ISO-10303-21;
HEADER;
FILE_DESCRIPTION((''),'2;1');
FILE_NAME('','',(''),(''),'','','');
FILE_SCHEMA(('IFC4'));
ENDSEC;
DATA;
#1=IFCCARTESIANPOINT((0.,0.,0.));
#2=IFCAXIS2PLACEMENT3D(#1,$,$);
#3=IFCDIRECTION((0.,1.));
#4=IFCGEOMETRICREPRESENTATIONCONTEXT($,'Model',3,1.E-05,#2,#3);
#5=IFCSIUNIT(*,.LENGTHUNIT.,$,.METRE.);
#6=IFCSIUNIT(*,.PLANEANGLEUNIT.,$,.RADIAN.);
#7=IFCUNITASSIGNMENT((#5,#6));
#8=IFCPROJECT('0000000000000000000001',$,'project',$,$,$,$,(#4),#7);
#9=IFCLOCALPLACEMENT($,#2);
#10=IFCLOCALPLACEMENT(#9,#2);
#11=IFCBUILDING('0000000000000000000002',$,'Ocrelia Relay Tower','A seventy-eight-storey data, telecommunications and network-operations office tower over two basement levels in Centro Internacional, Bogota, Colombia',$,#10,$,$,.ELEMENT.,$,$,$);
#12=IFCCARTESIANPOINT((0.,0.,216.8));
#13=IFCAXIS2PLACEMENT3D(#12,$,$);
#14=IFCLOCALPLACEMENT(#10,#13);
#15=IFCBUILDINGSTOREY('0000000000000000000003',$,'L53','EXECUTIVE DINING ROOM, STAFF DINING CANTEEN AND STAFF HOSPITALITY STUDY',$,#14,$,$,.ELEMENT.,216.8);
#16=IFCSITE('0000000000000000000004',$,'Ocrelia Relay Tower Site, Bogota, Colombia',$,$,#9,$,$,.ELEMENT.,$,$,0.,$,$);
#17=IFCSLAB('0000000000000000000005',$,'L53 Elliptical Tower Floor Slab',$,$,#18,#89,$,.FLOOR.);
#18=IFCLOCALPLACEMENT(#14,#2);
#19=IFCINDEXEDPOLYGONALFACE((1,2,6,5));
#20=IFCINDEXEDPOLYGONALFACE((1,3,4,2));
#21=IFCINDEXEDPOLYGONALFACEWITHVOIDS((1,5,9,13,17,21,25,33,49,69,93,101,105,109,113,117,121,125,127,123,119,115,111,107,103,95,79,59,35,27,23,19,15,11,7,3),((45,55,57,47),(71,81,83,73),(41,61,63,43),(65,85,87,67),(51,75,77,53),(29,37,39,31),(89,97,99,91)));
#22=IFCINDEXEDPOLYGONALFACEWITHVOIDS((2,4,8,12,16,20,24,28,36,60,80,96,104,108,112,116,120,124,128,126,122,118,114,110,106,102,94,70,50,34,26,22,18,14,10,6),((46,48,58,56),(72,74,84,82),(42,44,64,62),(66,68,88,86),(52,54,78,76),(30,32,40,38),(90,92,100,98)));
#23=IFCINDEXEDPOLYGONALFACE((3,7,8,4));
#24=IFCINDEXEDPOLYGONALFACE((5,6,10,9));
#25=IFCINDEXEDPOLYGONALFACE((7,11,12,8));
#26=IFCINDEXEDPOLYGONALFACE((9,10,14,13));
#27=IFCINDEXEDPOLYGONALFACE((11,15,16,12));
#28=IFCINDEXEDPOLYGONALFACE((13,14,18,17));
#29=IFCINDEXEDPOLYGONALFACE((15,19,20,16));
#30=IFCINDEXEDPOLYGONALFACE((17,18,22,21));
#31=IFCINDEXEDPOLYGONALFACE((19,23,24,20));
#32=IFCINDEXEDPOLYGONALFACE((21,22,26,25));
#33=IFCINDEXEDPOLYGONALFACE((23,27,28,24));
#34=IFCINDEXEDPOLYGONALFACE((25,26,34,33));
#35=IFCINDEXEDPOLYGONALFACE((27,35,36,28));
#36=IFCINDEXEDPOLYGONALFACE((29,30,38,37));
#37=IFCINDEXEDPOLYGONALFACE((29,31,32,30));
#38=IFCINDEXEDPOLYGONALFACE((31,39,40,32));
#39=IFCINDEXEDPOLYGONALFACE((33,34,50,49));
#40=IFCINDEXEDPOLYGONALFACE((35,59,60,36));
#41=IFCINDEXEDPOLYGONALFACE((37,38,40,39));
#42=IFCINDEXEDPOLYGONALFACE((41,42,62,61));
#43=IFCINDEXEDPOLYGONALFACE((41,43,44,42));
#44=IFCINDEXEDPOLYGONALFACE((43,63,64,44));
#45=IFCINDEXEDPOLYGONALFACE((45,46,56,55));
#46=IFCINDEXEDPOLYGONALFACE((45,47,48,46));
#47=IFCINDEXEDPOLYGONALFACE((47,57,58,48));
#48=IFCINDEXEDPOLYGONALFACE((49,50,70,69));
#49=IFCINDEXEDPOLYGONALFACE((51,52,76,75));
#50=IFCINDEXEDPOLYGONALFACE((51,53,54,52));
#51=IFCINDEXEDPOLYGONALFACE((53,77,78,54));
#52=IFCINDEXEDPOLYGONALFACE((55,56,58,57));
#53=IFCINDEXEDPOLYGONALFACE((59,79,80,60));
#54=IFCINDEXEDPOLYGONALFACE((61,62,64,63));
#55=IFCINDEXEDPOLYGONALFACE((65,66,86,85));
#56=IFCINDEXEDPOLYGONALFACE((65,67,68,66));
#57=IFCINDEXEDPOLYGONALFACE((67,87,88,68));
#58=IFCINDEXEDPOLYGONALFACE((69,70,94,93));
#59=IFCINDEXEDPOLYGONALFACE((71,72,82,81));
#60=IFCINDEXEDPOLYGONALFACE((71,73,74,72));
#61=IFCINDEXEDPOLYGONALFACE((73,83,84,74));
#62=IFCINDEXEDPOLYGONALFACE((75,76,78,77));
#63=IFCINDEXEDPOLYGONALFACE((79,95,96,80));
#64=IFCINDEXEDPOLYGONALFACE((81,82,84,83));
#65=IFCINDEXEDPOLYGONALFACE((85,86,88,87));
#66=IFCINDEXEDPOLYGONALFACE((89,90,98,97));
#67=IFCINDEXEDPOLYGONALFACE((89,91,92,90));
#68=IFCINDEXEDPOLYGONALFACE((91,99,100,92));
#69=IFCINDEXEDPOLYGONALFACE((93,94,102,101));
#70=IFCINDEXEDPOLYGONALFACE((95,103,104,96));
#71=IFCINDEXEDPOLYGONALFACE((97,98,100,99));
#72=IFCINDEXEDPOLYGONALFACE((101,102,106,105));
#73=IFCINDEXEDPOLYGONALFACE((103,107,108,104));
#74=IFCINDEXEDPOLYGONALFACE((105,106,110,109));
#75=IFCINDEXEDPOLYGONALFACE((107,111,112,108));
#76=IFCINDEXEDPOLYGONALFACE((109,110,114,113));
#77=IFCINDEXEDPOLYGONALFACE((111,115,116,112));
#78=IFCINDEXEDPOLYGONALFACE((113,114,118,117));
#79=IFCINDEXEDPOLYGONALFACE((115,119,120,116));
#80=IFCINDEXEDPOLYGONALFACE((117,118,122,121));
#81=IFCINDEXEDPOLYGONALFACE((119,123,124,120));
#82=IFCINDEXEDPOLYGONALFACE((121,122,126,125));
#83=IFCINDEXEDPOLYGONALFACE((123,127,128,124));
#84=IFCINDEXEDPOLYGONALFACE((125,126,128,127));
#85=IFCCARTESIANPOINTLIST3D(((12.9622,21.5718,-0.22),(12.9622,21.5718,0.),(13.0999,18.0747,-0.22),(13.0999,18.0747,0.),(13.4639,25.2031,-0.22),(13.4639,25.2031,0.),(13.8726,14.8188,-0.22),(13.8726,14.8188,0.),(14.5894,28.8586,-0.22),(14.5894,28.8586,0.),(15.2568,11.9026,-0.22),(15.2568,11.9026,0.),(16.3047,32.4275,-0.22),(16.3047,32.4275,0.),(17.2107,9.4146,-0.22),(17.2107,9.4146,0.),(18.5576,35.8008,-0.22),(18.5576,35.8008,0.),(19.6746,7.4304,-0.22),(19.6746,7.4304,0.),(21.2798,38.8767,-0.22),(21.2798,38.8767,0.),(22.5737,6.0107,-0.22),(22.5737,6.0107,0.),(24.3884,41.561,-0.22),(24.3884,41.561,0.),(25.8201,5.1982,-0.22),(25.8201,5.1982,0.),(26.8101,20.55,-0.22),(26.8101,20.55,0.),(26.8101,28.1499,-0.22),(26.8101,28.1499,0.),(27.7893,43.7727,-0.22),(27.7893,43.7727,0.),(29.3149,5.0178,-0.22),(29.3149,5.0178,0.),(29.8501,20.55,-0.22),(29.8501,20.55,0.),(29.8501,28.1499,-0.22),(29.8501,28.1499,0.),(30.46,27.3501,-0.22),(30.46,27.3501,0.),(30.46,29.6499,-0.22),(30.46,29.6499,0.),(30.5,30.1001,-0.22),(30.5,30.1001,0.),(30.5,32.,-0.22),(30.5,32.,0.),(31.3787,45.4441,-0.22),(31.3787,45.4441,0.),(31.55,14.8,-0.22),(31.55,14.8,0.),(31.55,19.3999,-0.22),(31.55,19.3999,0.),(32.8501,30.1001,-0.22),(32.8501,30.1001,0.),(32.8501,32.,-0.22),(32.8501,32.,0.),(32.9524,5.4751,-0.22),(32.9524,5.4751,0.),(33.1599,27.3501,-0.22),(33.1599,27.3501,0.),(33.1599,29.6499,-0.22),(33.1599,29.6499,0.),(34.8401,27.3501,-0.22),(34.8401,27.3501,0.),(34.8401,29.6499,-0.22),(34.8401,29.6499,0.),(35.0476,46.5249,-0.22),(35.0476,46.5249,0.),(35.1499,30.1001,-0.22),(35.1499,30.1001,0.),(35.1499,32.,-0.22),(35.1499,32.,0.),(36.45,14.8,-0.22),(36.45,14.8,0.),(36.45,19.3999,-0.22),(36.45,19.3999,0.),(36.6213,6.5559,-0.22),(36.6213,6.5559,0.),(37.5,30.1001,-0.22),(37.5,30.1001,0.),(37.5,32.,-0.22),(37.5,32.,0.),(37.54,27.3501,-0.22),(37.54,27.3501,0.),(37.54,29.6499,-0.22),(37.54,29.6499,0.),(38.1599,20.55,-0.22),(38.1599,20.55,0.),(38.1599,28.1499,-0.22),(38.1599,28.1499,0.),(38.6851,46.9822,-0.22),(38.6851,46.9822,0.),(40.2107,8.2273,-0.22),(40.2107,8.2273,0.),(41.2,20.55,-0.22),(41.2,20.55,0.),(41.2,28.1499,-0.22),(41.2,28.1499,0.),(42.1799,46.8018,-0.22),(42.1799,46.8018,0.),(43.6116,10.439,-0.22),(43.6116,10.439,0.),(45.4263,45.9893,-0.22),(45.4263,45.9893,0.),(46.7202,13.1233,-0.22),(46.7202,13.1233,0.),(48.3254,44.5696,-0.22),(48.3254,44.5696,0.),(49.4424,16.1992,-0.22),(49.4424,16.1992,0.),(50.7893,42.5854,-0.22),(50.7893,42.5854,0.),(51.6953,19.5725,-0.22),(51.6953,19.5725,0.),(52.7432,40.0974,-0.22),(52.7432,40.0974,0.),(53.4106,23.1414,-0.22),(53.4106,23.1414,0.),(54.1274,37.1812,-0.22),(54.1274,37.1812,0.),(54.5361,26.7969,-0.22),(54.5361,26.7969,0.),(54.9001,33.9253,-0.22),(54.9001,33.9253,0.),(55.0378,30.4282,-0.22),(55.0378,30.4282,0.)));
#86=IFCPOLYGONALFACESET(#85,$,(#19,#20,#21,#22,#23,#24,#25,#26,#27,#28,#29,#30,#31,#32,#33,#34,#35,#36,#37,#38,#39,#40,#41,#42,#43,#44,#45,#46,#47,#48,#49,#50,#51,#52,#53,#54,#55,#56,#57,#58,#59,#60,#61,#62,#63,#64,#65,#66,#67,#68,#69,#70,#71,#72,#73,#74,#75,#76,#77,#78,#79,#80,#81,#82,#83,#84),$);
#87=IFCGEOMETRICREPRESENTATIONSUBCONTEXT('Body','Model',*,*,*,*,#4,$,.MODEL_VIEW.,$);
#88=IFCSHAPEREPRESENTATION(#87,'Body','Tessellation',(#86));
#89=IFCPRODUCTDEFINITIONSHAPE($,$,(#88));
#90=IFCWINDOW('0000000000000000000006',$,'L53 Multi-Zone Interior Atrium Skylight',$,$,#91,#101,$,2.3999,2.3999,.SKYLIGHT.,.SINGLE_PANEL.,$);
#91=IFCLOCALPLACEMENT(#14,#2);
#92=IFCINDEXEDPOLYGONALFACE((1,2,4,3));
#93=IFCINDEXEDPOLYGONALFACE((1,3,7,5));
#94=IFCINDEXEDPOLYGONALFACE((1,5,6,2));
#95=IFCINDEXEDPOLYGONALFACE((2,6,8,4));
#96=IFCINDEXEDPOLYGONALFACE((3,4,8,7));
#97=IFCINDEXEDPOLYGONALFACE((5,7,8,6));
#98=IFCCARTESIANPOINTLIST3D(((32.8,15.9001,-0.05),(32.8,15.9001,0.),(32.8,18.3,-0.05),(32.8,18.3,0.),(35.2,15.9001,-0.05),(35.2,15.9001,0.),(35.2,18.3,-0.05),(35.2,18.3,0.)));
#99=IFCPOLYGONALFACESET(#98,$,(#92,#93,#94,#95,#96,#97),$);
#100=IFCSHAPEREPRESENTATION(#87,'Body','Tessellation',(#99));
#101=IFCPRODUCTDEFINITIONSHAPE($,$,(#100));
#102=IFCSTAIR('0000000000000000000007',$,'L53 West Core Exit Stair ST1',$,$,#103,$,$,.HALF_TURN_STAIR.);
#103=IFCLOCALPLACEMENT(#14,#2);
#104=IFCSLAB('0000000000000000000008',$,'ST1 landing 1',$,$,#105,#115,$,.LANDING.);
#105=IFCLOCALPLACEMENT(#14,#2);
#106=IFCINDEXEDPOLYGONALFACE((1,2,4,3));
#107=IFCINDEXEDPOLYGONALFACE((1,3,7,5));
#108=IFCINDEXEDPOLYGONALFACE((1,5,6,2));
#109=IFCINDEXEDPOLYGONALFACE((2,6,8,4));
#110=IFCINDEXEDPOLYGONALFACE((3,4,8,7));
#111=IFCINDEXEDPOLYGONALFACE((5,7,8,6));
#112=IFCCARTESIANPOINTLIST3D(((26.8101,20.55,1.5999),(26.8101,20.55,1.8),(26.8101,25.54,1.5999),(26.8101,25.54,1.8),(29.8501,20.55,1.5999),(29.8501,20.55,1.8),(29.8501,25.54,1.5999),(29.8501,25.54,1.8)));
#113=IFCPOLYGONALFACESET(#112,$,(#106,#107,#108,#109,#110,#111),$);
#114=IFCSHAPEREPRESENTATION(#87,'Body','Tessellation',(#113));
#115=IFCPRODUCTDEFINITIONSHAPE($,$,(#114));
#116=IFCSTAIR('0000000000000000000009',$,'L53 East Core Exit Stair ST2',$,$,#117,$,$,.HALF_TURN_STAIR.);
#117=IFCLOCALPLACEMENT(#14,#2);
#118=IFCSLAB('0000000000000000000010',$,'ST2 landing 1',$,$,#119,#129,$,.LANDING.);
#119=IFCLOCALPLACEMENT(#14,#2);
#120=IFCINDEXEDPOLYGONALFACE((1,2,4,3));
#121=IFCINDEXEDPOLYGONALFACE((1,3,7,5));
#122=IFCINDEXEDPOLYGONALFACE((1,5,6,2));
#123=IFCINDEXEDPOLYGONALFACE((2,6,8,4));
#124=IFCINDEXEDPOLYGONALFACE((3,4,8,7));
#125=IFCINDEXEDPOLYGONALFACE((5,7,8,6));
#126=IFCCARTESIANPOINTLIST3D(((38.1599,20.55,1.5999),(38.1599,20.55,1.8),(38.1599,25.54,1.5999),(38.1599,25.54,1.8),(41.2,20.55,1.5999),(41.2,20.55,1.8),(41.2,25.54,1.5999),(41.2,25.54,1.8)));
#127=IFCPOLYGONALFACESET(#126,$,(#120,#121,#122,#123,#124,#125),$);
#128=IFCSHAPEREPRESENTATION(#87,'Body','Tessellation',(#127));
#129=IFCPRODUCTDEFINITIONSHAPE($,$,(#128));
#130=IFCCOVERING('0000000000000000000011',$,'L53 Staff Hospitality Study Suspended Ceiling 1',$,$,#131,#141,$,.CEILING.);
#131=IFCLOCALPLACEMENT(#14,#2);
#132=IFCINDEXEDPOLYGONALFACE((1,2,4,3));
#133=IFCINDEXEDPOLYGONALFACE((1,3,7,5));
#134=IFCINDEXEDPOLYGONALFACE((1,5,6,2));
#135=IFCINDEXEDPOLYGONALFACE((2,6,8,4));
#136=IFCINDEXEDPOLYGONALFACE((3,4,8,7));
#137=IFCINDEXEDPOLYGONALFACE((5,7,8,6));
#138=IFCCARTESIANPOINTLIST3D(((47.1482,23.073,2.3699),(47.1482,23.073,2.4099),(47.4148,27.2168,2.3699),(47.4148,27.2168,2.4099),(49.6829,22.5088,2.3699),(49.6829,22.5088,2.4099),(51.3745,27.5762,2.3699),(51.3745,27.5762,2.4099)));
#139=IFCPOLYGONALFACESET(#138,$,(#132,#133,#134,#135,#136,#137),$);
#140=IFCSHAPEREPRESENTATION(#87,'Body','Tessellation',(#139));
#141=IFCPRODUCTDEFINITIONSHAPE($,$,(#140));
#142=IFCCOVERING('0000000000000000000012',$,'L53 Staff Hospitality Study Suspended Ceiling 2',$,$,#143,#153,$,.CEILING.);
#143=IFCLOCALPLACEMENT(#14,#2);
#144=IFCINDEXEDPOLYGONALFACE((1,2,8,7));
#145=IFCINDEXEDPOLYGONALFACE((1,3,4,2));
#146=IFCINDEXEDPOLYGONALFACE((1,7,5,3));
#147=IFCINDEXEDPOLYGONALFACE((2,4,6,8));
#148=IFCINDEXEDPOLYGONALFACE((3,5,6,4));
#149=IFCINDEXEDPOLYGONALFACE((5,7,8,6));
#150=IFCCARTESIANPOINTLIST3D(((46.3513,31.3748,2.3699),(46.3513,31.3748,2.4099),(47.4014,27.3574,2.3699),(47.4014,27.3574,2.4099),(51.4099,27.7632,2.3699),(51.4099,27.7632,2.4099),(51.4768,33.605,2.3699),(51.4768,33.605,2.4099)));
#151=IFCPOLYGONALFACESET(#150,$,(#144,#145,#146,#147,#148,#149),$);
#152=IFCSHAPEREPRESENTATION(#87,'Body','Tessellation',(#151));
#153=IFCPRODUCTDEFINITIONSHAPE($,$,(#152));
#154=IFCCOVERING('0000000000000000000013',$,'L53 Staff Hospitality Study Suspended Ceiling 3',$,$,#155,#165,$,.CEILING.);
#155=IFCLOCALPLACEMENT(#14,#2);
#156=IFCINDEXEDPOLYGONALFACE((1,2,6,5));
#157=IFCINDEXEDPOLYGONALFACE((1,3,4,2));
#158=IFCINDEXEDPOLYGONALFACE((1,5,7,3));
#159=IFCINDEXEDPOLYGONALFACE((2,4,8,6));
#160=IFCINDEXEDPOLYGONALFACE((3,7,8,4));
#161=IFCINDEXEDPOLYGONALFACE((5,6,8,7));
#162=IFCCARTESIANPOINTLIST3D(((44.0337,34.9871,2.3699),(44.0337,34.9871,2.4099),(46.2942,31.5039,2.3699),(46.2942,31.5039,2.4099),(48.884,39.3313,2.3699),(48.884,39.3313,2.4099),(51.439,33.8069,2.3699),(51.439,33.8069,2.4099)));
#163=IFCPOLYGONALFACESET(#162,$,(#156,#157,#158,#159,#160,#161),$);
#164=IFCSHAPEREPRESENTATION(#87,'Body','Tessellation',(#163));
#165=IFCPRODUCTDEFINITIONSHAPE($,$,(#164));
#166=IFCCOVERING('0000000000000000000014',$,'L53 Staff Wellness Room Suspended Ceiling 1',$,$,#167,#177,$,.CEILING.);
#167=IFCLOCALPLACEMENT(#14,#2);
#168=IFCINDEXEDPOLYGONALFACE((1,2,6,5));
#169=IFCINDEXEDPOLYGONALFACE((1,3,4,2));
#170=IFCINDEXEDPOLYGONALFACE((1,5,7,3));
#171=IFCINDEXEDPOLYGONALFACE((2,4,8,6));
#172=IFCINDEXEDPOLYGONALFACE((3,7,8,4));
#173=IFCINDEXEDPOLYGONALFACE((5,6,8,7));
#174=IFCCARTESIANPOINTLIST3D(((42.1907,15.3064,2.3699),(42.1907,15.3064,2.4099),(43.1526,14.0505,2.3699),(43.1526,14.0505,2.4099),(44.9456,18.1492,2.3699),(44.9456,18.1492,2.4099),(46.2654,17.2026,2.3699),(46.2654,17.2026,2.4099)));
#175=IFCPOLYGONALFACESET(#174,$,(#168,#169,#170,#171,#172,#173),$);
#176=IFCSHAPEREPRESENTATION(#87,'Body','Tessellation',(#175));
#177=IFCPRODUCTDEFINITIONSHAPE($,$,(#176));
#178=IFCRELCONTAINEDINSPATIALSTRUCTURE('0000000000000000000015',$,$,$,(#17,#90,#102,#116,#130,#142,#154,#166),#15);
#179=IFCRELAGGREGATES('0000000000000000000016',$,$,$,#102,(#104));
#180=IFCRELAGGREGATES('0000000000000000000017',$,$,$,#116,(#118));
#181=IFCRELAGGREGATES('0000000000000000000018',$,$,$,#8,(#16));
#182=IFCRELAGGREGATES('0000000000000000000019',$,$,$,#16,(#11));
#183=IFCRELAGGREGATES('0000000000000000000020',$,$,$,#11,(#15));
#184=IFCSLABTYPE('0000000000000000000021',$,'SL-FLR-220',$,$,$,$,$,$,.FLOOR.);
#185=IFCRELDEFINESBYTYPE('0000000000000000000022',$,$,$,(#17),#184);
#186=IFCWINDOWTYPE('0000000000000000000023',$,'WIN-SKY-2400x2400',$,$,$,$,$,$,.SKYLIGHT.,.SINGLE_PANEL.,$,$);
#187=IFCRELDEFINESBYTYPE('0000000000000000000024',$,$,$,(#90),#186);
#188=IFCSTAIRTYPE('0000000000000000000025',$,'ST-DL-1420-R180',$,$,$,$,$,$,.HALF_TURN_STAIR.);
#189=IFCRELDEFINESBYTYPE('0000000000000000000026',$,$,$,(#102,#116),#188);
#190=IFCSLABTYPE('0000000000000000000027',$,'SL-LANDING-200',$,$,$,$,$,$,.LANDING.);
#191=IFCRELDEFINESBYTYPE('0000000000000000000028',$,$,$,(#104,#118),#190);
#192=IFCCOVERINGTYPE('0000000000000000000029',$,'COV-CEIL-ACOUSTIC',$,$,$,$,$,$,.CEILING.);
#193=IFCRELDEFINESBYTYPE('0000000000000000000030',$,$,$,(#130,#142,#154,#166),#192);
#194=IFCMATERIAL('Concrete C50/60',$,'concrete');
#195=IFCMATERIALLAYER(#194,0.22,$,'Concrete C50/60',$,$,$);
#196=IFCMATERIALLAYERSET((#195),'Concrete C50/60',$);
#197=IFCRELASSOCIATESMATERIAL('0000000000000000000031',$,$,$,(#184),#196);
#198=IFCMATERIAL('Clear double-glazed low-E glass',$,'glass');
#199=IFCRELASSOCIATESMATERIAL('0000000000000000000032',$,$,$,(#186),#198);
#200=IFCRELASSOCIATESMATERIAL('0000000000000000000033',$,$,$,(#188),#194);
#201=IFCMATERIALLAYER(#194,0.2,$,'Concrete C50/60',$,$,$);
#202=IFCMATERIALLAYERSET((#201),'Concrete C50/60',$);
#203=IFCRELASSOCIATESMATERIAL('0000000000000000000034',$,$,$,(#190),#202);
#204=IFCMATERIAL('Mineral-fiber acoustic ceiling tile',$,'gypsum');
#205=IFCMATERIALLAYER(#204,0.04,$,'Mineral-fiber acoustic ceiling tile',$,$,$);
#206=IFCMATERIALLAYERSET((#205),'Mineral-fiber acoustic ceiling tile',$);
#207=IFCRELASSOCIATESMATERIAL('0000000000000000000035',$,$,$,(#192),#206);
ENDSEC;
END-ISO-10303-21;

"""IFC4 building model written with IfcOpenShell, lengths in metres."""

from ifc_helpers import new_model, si_unit, direction, frame, origin, origin_2d, place, context, subcontext, project, spatial, polyline, rectangle, outline, extrude, material, layer, layer_set, type_object, element, fill, aggregate, save


model = new_model("IFC4")

# Units and contexts
model_context = context("Model", 3, precision=1e-05, world=origin(), true_north=direction((0.0, 1.0)))
body_context = subcontext(model_context, "Body", "Model", "MODEL_VIEW")
ifc_project = project(units=[si_unit("LENGTHUNIT", "METRE"), si_unit("PLANEANGLEUNIT", "RADIAN")], contexts=[model_context])

# Site, building, storey
site_placement = place(None, origin())
site = spatial("IfcSite", under=ifc_project, at=site_placement, Name="Ocrelia Relay Tower Site, Bogota, Colombia", CompositionType="ELEMENT", RefElevation=0.0)
building_placement = place(site_placement, origin())
building = spatial("IfcBuilding", under=site, at=building_placement, Name="Ocrelia Relay Tower", Description="A seventy-eight-storey data, telecommunications and network-operations office tower over two basement levels in Centro Internacional, Bogota, Colombia", CompositionType="ELEMENT")
storey_placement = place(building_placement, frame((0.0, 0.0, 216.8)))
storey = spatial("IfcBuildingStorey", under=building, at=storey_placement, Name="L53", Description="EXECUTIVE DINING ROOM, STAFF DINING CANTEEN AND STAFF HOSPITALITY STUDY", CompositionType="ELEMENT", Elevation=216.8)

# Shared definitions
ifc_material_1 = material(Name="Clear double-glazed low-E glass", Category="glass")

# Slab, opening, window
ifc_material_2 = material(Name="Concrete C50/60", Category="concrete")
ifc_layer_1 = layer(ifc_material_2, 0.22, Name="Concrete C50/60")
ifc_layer_set_1 = layer_set([ifc_layer_1], Name="Concrete C50/60")
slab_type_1 = type_object("IfcSlabType", Name="SL-FLR-220", PredefinedType="FLOOR", material=ifc_layer_set_1)
slab_1_placement = place(storey_placement, frame((0.0, 0.0, -0.22)))
slab_1 = element("IfcSlab", 1, at=slab_1_placement, inside=storey, type_object=slab_type_1, Name="L53 Elliptical Tower Floor Slab", PredefinedType="FLOOR", context=body_context, shape_type="SweptSolid", body=[
    extrude(outline(polyline([(50.7893, 42.5854), (48.3254, 44.5696), (45.4263, 45.9893), (42.1799, 46.8018), (38.6851, 46.9822), (35.0476, 46.5249), (31.3787, 45.4441), (27.7893, 43.7727), (24.3884, 41.561), (21.2798, 38.8767), (18.5576, 35.8008), (16.3047, 32.4275), (14.5894, 28.8586), (13.4639, 25.2031), (12.9622, 21.5718), (13.0999, 18.0747), (13.8726, 14.8188), (15.2568, 11.9026), (17.2107, 9.4146), (19.6746, 7.4304), (22.5737, 6.0107), (25.8201, 5.1982), (29.3149, 5.0178), (32.9524, 5.4751), (36.6213, 6.5559), (40.2107, 8.2273), (43.6116, 10.439), (46.7202, 13.1233), (49.4424, 16.1992), (51.6953, 19.5725), (53.4106, 23.1414), (54.5361, 26.7969), (55.0378, 30.4282), (54.9001, 33.9253), (54.1274, 37.1812), (52.7432, 40.0974), (50.7893, 42.5854)]), holes=[polyline([(26.8101, 28.1499), (26.8101, 20.55), (29.8501, 20.55), (29.8501, 28.1499), (26.8101, 28.1499)]), polyline([(38.1599, 28.1499), (38.1599, 20.55), (41.2, 20.55), (41.2, 28.1499), (38.1599, 28.1499)]), polyline([(30.46, 27.3501), (33.1599, 27.3501), (33.1599, 29.6499), (30.46, 29.6499), (30.46, 27.3501)]), polyline([(34.8401, 27.3501), (37.54, 27.3501), (37.54, 29.6499), (34.8401, 29.6499), (34.8401, 27.3501)]), polyline([(30.5, 30.1001), (32.8501, 30.1001), (32.8501, 32.0), (30.5, 32.0), (30.5, 30.1001)]), polyline([(35.1499, 30.1001), (37.5, 30.1001), (37.5, 32.0), (35.1499, 32.0), (35.1499, 30.1001)]), polyline([(31.55, 14.8), (36.45, 14.8), (36.45, 19.3999), (31.55, 19.3999), (31.55, 14.8)])]), origin(), (0.0, 0.0, 1.0), 0.22),
])
opening_placement = place(slab_1_placement, frame((34.0, 17.1001, 0.0)))
opening = element("IfcOpeningElement", 2, at=opening_placement, cuts=slab_1, PredefinedType="OPENING", context=body_context, shape_type="SweptSolid", body=[
    extrude(rectangle(XDim=2.3999, YDim=2.3999, at=origin_2d()), frame((0.0, 0.0, -0.01)), (0.0, 0.0, 1.0), 0.24),
])
window_type = type_object("IfcWindowType", Name="WIN-SKY-2400x2400", PartitioningType="SINGLE_PANEL", PredefinedType="SKYLIGHT", material=ifc_material_1)
window_placement = place(opening_placement, frame((0.0, 0.0, 0.1699)))
window = element("IfcWindow", 3, at=window_placement, inside=storey, type_object=window_type, Name="L53 Multi-Zone Interior Atrium Skylight", OverallHeight=2.3999, OverallWidth=2.3999, PartitioningType="SINGLE_PANEL", PredefinedType="SKYLIGHT", context=body_context, shape_type="SweptSolid", body=[
    extrude(rectangle(XDim=2.3999, YDim=2.3999, at=origin_2d()), origin(), (0.0, 0.0, 1.0), 0.05),
])
fill(opening, window)

# Stairs, slabs
stair_type = type_object("IfcStairType", Name="ST-DL-1420-R180", PredefinedType="HALF_TURN_STAIR", material=ifc_material_2)
stair_1_placement = place(storey_placement, origin())
stair_1 = element("IfcStair", 4, at=stair_1_placement, inside=storey, type_object=stair_type, Name="L53 West Core Exit Stair ST1", PredefinedType="HALF_TURN_STAIR")
ifc_layer_2 = layer(ifc_material_2, 0.2, Name="Concrete C50/60")
ifc_layer_set_2 = layer_set([ifc_layer_2], Name="Concrete C50/60")
slab_type_2 = type_object("IfcSlabType", Name="SL-LANDING-200", PredefinedType="LANDING", material=ifc_layer_set_2)
slab_2_placement = place(storey_placement, frame((0.0, 0.0, 1.5999)))
slab_2 = element("IfcSlab", 5, at=slab_2_placement, type_object=slab_type_2, Name="ST1 landing 1", PredefinedType="LANDING", context=body_context, shape_type="SweptSolid", body=[
    extrude(outline(polyline([(26.8101, 25.54), (26.8101, 20.55), (29.8501, 20.55), (29.8501, 25.54), (26.8101, 25.54)])), origin(), (0.0, 0.0, 1.0), 0.2002),
])
aggregate(stair_1, [slab_2])
stair_2_placement = place(storey_placement, origin())
stair_2 = element("IfcStair", 6, at=stair_2_placement, inside=storey, type_object=stair_type, Name="L53 East Core Exit Stair ST2", PredefinedType="HALF_TURN_STAIR")
slab_3_placement = place(storey_placement, frame((0.0, 0.0, 1.5999)))
slab_3 = element("IfcSlab", 7, at=slab_3_placement, type_object=slab_type_2, Name="ST2 landing 1", PredefinedType="LANDING", context=body_context, shape_type="SweptSolid", body=[
    extrude(outline(polyline([(38.1599, 25.54), (38.1599, 20.55), (41.2, 20.55), (41.2, 25.54), (38.1599, 25.54)])), origin(), (0.0, 0.0, 1.0), 0.2002),
])
aggregate(stair_2, [slab_3])

# Coverings
ifc_material_3 = material(Name="Mineral-fiber acoustic ceiling tile", Category="gypsum")
ifc_layer_3 = layer(ifc_material_3, 0.04, Name="Mineral-fiber acoustic ceiling tile")
ifc_layer_set_3 = layer_set([ifc_layer_3], Name="Mineral-fiber acoustic ceiling tile")
covering_type = type_object("IfcCoveringType", Name="COV-CEIL-ACOUSTIC", PredefinedType="CEILING", material=ifc_layer_set_3)
covering_1_placement = place(storey_placement, frame((0.0, 0.0, 2.3699)))
element("IfcCovering", 8, at=covering_1_placement, inside=storey, type_object=covering_type, Name="L53 Staff Hospitality Study Suspended Ceiling 1", PredefinedType="CEILING", context=body_context, shape_type="SweptSolid", body=[
    extrude(outline(polyline([(47.1482, 23.073), (49.6829, 22.5088), (51.3745, 27.5762), (47.4148, 27.2168), (47.1482, 23.073)])), origin(), (0.0, 0.0, 1.0), 0.04),
])
covering_2_placement = place(storey_placement, frame((0.0, 0.0, 2.3699)))
element("IfcCovering", 9, at=covering_2_placement, inside=storey, type_object=covering_type, Name="L53 Staff Hospitality Study Suspended Ceiling 2", PredefinedType="CEILING", context=body_context, shape_type="SweptSolid", body=[
    extrude(outline(polyline([(47.4014, 27.3574), (51.4099, 27.7632), (51.4768, 33.605), (46.3513, 31.3748), (47.4014, 27.3574)])), origin(), (0.0, 0.0, 1.0), 0.04),
])
covering_3_placement = place(storey_placement, frame((0.0, 0.0, 2.3699)))
element("IfcCovering", 10, at=covering_3_placement, inside=storey, type_object=covering_type, Name="L53 Staff Hospitality Study Suspended Ceiling 3", PredefinedType="CEILING", context=body_context, shape_type="SweptSolid", body=[
    extrude(outline(polyline([(46.2942, 31.5039), (51.439, 33.8069), (48.884, 39.3313), (44.0337, 34.9871), (46.2942, 31.5039)])), origin(), (0.0, 0.0, 1.0), 0.04),
])
covering_4_placement = place(storey_placement, frame((0.0, 0.0, 2.3699)))
element("IfcCovering", 11, at=covering_4_placement, inside=storey, type_object=covering_type, Name="L53 Staff Wellness Room Suspended Ceiling 1", PredefinedType="CEILING", context=body_context, shape_type="SweptSolid", body=[
    extrude(outline(polyline([(42.1907, 15.3064), (43.1526, 14.0505), (46.2654, 17.2026), (44.9456, 18.1492), (42.1907, 15.3064)])), origin(), (0.0, 0.0, 1.0), 0.04),
])

save(model, "model.ifc")
